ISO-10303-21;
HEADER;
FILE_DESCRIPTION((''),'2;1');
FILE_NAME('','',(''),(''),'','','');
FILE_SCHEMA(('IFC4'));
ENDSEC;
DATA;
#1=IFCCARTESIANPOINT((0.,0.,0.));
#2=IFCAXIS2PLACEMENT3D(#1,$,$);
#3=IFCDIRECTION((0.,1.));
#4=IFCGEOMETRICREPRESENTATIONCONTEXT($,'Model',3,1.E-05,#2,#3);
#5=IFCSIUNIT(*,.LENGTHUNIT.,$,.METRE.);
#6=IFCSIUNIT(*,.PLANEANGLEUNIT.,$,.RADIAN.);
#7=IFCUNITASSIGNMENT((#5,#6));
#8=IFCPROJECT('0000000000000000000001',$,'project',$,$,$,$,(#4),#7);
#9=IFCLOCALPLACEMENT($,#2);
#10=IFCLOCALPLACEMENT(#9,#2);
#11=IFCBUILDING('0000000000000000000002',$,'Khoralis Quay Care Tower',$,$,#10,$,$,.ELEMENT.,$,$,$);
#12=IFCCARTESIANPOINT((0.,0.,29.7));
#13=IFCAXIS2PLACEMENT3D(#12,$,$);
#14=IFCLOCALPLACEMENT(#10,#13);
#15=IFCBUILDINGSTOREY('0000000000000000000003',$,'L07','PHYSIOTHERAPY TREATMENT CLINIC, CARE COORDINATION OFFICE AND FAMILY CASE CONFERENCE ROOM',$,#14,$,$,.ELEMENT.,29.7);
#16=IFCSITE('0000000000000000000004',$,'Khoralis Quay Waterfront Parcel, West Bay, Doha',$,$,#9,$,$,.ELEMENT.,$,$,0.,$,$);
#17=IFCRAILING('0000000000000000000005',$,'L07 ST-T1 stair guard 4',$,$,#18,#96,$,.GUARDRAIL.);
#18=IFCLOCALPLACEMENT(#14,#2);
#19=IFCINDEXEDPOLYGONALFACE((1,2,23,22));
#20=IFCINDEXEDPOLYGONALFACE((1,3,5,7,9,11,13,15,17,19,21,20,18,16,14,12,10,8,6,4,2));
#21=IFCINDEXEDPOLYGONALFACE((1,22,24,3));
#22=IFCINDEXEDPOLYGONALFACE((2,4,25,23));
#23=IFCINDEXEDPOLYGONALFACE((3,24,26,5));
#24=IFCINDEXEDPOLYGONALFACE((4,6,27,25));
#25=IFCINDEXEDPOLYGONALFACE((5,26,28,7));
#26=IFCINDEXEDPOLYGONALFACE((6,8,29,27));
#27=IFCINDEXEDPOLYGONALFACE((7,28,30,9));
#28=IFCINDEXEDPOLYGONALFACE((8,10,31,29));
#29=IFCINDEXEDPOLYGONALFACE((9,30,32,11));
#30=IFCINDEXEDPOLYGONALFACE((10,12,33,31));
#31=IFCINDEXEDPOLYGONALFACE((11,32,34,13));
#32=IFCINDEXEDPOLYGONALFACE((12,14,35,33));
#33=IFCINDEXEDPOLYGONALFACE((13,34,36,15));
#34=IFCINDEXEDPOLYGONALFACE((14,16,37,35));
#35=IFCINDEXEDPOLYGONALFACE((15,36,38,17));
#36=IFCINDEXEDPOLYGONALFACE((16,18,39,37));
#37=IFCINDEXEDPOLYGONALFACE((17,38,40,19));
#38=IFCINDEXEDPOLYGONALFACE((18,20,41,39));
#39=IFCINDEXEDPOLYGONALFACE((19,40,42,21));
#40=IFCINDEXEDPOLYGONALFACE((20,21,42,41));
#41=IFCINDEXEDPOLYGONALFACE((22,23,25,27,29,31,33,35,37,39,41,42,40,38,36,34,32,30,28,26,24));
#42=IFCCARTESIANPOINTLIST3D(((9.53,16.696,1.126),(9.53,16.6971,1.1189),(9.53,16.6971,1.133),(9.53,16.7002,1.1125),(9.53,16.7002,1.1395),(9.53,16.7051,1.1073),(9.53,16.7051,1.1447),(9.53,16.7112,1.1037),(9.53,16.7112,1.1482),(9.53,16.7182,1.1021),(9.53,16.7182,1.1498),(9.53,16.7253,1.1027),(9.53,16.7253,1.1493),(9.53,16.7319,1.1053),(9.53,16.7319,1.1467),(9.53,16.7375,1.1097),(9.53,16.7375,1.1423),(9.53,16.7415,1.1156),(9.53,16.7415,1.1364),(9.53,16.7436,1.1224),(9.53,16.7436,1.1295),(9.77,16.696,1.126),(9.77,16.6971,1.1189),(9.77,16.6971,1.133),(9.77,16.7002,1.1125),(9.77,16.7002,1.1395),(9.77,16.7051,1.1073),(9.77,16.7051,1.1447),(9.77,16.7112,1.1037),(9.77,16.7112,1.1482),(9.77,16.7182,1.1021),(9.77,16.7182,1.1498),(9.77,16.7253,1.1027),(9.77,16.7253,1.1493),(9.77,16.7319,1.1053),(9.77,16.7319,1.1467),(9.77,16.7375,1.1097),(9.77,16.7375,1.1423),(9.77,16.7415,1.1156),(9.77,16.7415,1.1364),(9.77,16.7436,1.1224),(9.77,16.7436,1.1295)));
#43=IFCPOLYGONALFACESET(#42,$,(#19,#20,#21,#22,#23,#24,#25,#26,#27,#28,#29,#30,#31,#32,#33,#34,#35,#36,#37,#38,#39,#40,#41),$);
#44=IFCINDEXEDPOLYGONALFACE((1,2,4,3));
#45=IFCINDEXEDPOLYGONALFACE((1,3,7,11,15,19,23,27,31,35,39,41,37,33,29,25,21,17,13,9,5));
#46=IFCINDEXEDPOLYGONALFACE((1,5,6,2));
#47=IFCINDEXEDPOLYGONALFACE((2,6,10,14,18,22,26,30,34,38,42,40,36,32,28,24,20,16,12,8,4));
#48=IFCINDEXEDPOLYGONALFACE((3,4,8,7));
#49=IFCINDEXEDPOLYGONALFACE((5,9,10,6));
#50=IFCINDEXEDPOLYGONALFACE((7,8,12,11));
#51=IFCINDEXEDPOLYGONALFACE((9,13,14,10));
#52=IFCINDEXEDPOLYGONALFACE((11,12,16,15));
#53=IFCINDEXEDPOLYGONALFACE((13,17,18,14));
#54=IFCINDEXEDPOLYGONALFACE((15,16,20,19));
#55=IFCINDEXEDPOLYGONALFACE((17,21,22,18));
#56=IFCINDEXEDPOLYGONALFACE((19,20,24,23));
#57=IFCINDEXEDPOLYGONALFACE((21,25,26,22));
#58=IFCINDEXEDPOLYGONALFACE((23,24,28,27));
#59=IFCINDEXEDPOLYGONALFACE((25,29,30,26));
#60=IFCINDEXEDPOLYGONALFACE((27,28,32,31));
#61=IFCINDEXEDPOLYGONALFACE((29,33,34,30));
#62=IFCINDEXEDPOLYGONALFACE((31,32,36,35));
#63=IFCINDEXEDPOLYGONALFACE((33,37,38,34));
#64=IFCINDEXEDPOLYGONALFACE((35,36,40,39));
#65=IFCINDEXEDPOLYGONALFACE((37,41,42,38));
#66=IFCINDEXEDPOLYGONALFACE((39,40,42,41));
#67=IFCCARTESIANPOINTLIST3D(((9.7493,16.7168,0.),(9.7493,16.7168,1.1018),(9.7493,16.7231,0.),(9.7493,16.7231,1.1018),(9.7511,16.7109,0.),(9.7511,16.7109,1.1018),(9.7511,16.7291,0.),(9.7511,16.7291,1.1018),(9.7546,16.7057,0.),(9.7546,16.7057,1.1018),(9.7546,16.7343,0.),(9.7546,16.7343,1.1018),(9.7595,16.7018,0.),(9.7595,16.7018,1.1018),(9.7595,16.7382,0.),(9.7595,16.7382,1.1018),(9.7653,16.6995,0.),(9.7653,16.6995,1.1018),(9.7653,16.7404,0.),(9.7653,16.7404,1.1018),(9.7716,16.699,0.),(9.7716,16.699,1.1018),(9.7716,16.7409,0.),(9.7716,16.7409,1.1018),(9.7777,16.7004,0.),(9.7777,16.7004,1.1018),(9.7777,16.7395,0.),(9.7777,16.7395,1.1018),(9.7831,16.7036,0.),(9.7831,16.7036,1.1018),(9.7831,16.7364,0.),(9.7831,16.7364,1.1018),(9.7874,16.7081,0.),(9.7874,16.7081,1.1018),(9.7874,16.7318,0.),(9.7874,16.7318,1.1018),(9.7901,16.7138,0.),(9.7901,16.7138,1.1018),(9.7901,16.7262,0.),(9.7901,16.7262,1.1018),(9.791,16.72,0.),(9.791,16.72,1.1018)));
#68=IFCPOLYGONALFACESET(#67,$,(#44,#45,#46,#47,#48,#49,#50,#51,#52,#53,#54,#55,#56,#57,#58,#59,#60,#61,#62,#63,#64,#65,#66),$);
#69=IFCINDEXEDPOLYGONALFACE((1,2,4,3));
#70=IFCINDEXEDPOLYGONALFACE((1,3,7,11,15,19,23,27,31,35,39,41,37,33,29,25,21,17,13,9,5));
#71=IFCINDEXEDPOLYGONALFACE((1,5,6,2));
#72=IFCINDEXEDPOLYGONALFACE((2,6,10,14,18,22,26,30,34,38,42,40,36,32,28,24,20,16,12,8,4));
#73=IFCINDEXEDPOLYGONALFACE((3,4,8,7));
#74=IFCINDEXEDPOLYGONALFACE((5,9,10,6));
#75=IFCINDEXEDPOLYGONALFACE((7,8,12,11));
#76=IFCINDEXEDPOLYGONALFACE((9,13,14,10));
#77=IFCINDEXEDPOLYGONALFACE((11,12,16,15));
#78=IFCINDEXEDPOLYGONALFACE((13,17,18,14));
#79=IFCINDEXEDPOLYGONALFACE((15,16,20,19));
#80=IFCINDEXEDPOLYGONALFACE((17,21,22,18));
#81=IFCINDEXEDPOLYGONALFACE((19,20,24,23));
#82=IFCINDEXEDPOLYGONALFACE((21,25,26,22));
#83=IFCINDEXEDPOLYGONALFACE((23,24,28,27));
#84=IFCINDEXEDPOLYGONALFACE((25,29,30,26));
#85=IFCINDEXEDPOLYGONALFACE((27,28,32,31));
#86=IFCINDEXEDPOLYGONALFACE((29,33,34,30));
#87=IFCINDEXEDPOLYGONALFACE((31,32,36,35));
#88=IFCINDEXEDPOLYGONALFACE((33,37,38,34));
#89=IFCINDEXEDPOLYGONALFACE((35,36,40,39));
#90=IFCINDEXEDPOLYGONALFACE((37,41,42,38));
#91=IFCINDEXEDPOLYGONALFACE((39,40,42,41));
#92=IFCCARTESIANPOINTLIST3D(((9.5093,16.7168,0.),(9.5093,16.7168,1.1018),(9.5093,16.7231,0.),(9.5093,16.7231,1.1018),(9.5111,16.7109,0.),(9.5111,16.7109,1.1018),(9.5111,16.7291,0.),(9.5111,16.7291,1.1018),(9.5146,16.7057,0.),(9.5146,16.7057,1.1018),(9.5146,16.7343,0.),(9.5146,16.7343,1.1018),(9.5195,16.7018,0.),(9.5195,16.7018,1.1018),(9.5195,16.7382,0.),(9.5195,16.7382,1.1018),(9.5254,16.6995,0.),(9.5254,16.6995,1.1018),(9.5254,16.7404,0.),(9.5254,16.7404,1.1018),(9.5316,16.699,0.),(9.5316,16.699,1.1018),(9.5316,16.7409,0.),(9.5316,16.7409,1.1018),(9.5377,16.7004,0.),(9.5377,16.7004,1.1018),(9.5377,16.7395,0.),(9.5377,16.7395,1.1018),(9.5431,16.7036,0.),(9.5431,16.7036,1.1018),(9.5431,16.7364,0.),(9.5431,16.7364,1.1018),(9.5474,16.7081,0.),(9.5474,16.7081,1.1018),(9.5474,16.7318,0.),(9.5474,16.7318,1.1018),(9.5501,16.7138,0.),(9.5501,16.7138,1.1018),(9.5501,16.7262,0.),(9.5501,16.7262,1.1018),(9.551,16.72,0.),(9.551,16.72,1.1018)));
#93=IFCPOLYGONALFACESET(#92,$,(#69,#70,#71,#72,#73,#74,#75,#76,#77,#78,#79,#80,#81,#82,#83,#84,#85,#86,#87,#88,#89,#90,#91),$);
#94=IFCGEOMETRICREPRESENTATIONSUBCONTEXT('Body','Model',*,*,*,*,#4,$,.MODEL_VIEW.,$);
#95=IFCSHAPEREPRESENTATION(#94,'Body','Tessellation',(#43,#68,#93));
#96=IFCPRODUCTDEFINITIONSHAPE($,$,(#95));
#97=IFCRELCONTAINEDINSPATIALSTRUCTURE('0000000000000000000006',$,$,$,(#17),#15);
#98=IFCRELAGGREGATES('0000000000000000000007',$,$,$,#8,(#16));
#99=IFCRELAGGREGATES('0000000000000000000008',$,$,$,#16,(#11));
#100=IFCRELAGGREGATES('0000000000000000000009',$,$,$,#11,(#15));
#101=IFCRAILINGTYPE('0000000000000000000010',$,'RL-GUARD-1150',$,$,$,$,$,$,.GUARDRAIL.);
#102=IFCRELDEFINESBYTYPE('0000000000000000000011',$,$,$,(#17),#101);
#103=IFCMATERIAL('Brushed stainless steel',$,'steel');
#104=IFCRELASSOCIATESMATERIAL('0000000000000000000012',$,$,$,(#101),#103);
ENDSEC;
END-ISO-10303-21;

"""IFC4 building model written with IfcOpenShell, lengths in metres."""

from ifc_helpers import new_model, si_unit, direction, frame, origin, origin_2d, place, context, subcontext, project, spatial, circle, extrude, material, type_object, element, save


model = new_model("IFC4")

# Units and contexts
model_context = context("Model", 3, precision=1e-05, world=origin(), true_north=direction((0.0, 1.0)))
body_context = subcontext(model_context, "Body", "Model", "MODEL_VIEW")
ifc_project = project(units=[si_unit("LENGTHUNIT", "METRE"), si_unit("PLANEANGLEUNIT", "RADIAN")], contexts=[model_context])

# Site, building, storey
site_placement = place(None, origin())
site = spatial("IfcSite", under=ifc_project, at=site_placement, Name="Khoralis Quay Waterfront Parcel, West Bay, Doha", CompositionType="ELEMENT", RefElevation=0.0)
building_placement = place(site_placement, origin())
building = spatial("IfcBuilding", under=site, at=building_placement, Name="Khoralis Quay Care Tower", CompositionType="ELEMENT")
storey_placement = place(building_placement, frame((0.0, 0.0, 29.7)))
storey = spatial("IfcBuildingStorey", under=building, at=storey_placement, Name="L07", Description="PHYSIOTHERAPY TREATMENT CLINIC, CARE COORDINATION OFFICE AND FAMILY CASE CONFERENCE ROOM", CompositionType="ELEMENT", Elevation=29.7)

# Shared definitions
ifc_material_1 = material(Name="Brushed stainless steel", Category="steel")

# Railing
railing_type_1 = type_object("IfcRailingType", Name="RL-GUARD-1150", PredefinedType="GUARDRAIL", material=ifc_material_1)
railing_1_placement = place(storey_placement, frame((9.77, 16.72, 0.0)))
element("IfcRailing", 1, at=railing_1_placement, inside=storey, type_object=railing_type_1, Name="L07 ST-T1 stair guard 4", PredefinedType="GUARDRAIL", context=body_context, shape_type="SweptSolid", body=[
    extrude(circle(Radius=0.0239, at=origin_2d()), frame((0.0, 0.0, 1.126), z_axis=(-1.0, 0.0, 0.0), x_axis=(0.0, -1.0, 0.0)), (0.0, 0.0, 1.0), 0.24),
    extrude(circle(Radius=0.021, at=origin_2d()), origin(), (0.0, 0.0, 1.0), 1.1018),
    extrude(circle(Radius=0.021, at=origin_2d()), frame((-0.24, 0.0, 0.0)), (0.0, 0.0, 1.0), 1.1018),
])

save(model, "model.ifc")
